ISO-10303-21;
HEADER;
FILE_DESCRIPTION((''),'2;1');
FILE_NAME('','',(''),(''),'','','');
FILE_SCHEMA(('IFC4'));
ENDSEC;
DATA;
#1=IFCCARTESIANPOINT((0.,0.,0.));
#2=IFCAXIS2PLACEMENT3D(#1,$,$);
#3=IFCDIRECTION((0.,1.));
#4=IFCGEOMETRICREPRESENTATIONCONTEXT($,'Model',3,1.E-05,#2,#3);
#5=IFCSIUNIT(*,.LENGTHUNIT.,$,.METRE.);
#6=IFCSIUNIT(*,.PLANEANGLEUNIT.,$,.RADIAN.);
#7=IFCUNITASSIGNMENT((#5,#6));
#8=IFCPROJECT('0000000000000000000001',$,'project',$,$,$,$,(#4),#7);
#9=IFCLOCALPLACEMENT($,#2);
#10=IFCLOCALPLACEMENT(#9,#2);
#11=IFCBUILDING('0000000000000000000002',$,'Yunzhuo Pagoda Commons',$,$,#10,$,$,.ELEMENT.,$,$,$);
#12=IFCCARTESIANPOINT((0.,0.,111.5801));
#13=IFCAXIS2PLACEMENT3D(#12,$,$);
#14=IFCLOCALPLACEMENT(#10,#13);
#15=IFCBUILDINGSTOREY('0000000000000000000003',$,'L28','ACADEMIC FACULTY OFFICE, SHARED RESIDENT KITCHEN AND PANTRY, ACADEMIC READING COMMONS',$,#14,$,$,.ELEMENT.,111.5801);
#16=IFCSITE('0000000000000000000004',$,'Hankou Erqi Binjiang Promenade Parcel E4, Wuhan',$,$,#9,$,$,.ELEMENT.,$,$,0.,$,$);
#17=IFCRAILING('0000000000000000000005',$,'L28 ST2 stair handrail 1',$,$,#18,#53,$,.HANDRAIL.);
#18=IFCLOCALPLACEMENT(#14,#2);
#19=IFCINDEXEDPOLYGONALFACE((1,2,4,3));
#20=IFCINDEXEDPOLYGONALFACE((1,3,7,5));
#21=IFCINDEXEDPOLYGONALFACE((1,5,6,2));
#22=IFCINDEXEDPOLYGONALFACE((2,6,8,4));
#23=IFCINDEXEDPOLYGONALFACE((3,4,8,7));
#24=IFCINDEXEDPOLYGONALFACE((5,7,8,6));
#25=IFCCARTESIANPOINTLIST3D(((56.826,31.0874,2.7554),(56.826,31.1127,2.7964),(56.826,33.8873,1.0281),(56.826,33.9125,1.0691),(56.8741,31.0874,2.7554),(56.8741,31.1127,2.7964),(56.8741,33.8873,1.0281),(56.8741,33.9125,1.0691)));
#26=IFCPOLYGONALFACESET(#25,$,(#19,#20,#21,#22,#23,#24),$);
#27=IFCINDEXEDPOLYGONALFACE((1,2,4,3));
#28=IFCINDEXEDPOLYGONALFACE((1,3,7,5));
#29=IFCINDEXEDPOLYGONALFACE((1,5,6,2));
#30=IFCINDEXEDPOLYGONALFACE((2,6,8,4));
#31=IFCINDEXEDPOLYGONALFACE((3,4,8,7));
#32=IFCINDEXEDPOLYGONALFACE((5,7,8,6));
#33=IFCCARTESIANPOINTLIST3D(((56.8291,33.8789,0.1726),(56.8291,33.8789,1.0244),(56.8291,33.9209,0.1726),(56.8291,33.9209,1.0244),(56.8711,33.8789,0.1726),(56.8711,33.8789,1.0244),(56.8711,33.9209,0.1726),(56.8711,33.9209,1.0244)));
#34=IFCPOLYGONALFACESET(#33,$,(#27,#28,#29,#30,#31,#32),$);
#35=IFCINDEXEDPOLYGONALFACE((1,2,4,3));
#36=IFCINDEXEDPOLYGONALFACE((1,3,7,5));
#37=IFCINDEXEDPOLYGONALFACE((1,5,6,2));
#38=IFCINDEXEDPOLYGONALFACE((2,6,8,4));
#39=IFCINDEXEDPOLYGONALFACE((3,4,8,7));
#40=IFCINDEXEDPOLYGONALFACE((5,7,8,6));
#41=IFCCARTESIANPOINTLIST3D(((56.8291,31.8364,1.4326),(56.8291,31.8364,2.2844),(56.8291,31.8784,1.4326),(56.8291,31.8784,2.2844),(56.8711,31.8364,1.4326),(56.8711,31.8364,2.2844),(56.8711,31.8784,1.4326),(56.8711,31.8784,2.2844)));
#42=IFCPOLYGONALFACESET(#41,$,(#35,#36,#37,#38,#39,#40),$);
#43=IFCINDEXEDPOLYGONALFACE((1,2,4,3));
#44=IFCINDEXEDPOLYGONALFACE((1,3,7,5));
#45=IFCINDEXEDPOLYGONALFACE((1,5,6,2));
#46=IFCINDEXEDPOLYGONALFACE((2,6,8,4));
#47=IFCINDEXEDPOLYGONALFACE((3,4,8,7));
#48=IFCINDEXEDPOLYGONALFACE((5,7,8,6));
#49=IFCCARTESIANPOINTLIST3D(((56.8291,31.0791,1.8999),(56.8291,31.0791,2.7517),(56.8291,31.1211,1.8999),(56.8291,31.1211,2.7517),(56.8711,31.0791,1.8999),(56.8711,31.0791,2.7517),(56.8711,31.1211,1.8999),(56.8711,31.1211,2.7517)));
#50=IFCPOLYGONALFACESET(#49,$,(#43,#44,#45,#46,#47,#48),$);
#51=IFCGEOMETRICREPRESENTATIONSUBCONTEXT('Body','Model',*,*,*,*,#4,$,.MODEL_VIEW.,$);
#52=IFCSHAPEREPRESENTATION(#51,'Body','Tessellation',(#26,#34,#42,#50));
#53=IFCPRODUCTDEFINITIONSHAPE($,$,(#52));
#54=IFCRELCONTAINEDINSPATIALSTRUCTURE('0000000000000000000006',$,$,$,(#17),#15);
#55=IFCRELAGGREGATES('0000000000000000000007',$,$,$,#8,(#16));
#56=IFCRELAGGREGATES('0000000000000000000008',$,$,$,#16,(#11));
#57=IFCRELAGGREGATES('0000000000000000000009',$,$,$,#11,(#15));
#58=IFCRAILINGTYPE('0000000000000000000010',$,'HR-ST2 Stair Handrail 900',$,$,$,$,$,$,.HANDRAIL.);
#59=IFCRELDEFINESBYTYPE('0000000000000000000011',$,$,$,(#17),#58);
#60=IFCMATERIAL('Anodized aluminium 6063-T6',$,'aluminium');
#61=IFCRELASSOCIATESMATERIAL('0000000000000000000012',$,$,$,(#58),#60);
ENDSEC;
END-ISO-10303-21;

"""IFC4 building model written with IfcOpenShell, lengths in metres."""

from ifc_helpers import new_model, si_unit, direction, frame, origin, origin_2d, place, context, subcontext, project, spatial, rectangle, extrude, material, type_object, element, save


model = new_model("IFC4")

# Units and contexts
model_context = context("Model", 3, precision=1e-05, world=origin(), true_north=direction((0.0, 1.0)))
body_context = subcontext(model_context, "Body", "Model", "MODEL_VIEW")
ifc_project = project(units=[si_unit("LENGTHUNIT", "METRE"), si_unit("PLANEANGLEUNIT", "RADIAN")], contexts=[model_context])

# Site, building, storey
site_placement = place(None, origin())
site = spatial("IfcSite", under=ifc_project, at=site_placement, Name="Hankou Erqi Binjiang Promenade Parcel E4, Wuhan", CompositionType="ELEMENT", RefElevation=0.0)
building_placement = place(site_placement, origin())
building = spatial("IfcBuilding", under=site, at=building_placement, Name="Yunzhuo Pagoda Commons", CompositionType="ELEMENT")
storey_placement = place(building_placement, frame((0.0, 0.0, 111.5801)))
storey = spatial("IfcBuildingStorey", under=building, at=storey_placement, Name="L28", Description="ACADEMIC FACULTY OFFICE, SHARED RESIDENT KITCHEN AND PANTRY, ACADEMIC READING COMMONS", CompositionType="ELEMENT", Elevation=111.5801)

# Railing
ifc_material_1 = material(Name="Anodized aluminium 6063-T6", Category="aluminium")
railing_type_1 = type_object("IfcRailingType", Name="HR-ST2 Stair Handrail 900", PredefinedType="HANDRAIL", material=ifc_material_1)
railing_1_placement = place(storey_placement, frame((56.8501, 33.8999, 0.1726)))
element("IfcRailing", 1, at=railing_1_placement, inside=storey, type_object=railing_type_1, Name="L28 ST2 stair handrail 1", PredefinedType="HANDRAIL", context=body_context, shape_type="SweptSolid", body=[
    extrude(rectangle(XDim=0.0481, YDim=0.0481, at=origin_2d()), frame((0.0, 0.0, 0.876), z_axis=(0.0, -0.851069, 0.525054), x_axis=(1.0, 0.0, 0.0)), (0.0, 0.0, 1.0), 3.2898),
    extrude(rectangle(XDim=0.042, YDim=0.042, at=origin_2d()), origin(), (0.0, 0.0, 1.0), 0.8518),
    extrude(rectangle(XDim=0.042, YDim=0.042, at=origin_2d()), frame((0.0, -2.0425, 1.26)), (0.0, 0.0, 1.0), 0.8518),
    extrude(rectangle(XDim=0.042, YDim=0.042, at=origin_2d()), frame((0.0, -2.7998, 1.7273)), (0.0, 0.0, 1.0), 0.8518),
])

save(model, "model.ifc")
